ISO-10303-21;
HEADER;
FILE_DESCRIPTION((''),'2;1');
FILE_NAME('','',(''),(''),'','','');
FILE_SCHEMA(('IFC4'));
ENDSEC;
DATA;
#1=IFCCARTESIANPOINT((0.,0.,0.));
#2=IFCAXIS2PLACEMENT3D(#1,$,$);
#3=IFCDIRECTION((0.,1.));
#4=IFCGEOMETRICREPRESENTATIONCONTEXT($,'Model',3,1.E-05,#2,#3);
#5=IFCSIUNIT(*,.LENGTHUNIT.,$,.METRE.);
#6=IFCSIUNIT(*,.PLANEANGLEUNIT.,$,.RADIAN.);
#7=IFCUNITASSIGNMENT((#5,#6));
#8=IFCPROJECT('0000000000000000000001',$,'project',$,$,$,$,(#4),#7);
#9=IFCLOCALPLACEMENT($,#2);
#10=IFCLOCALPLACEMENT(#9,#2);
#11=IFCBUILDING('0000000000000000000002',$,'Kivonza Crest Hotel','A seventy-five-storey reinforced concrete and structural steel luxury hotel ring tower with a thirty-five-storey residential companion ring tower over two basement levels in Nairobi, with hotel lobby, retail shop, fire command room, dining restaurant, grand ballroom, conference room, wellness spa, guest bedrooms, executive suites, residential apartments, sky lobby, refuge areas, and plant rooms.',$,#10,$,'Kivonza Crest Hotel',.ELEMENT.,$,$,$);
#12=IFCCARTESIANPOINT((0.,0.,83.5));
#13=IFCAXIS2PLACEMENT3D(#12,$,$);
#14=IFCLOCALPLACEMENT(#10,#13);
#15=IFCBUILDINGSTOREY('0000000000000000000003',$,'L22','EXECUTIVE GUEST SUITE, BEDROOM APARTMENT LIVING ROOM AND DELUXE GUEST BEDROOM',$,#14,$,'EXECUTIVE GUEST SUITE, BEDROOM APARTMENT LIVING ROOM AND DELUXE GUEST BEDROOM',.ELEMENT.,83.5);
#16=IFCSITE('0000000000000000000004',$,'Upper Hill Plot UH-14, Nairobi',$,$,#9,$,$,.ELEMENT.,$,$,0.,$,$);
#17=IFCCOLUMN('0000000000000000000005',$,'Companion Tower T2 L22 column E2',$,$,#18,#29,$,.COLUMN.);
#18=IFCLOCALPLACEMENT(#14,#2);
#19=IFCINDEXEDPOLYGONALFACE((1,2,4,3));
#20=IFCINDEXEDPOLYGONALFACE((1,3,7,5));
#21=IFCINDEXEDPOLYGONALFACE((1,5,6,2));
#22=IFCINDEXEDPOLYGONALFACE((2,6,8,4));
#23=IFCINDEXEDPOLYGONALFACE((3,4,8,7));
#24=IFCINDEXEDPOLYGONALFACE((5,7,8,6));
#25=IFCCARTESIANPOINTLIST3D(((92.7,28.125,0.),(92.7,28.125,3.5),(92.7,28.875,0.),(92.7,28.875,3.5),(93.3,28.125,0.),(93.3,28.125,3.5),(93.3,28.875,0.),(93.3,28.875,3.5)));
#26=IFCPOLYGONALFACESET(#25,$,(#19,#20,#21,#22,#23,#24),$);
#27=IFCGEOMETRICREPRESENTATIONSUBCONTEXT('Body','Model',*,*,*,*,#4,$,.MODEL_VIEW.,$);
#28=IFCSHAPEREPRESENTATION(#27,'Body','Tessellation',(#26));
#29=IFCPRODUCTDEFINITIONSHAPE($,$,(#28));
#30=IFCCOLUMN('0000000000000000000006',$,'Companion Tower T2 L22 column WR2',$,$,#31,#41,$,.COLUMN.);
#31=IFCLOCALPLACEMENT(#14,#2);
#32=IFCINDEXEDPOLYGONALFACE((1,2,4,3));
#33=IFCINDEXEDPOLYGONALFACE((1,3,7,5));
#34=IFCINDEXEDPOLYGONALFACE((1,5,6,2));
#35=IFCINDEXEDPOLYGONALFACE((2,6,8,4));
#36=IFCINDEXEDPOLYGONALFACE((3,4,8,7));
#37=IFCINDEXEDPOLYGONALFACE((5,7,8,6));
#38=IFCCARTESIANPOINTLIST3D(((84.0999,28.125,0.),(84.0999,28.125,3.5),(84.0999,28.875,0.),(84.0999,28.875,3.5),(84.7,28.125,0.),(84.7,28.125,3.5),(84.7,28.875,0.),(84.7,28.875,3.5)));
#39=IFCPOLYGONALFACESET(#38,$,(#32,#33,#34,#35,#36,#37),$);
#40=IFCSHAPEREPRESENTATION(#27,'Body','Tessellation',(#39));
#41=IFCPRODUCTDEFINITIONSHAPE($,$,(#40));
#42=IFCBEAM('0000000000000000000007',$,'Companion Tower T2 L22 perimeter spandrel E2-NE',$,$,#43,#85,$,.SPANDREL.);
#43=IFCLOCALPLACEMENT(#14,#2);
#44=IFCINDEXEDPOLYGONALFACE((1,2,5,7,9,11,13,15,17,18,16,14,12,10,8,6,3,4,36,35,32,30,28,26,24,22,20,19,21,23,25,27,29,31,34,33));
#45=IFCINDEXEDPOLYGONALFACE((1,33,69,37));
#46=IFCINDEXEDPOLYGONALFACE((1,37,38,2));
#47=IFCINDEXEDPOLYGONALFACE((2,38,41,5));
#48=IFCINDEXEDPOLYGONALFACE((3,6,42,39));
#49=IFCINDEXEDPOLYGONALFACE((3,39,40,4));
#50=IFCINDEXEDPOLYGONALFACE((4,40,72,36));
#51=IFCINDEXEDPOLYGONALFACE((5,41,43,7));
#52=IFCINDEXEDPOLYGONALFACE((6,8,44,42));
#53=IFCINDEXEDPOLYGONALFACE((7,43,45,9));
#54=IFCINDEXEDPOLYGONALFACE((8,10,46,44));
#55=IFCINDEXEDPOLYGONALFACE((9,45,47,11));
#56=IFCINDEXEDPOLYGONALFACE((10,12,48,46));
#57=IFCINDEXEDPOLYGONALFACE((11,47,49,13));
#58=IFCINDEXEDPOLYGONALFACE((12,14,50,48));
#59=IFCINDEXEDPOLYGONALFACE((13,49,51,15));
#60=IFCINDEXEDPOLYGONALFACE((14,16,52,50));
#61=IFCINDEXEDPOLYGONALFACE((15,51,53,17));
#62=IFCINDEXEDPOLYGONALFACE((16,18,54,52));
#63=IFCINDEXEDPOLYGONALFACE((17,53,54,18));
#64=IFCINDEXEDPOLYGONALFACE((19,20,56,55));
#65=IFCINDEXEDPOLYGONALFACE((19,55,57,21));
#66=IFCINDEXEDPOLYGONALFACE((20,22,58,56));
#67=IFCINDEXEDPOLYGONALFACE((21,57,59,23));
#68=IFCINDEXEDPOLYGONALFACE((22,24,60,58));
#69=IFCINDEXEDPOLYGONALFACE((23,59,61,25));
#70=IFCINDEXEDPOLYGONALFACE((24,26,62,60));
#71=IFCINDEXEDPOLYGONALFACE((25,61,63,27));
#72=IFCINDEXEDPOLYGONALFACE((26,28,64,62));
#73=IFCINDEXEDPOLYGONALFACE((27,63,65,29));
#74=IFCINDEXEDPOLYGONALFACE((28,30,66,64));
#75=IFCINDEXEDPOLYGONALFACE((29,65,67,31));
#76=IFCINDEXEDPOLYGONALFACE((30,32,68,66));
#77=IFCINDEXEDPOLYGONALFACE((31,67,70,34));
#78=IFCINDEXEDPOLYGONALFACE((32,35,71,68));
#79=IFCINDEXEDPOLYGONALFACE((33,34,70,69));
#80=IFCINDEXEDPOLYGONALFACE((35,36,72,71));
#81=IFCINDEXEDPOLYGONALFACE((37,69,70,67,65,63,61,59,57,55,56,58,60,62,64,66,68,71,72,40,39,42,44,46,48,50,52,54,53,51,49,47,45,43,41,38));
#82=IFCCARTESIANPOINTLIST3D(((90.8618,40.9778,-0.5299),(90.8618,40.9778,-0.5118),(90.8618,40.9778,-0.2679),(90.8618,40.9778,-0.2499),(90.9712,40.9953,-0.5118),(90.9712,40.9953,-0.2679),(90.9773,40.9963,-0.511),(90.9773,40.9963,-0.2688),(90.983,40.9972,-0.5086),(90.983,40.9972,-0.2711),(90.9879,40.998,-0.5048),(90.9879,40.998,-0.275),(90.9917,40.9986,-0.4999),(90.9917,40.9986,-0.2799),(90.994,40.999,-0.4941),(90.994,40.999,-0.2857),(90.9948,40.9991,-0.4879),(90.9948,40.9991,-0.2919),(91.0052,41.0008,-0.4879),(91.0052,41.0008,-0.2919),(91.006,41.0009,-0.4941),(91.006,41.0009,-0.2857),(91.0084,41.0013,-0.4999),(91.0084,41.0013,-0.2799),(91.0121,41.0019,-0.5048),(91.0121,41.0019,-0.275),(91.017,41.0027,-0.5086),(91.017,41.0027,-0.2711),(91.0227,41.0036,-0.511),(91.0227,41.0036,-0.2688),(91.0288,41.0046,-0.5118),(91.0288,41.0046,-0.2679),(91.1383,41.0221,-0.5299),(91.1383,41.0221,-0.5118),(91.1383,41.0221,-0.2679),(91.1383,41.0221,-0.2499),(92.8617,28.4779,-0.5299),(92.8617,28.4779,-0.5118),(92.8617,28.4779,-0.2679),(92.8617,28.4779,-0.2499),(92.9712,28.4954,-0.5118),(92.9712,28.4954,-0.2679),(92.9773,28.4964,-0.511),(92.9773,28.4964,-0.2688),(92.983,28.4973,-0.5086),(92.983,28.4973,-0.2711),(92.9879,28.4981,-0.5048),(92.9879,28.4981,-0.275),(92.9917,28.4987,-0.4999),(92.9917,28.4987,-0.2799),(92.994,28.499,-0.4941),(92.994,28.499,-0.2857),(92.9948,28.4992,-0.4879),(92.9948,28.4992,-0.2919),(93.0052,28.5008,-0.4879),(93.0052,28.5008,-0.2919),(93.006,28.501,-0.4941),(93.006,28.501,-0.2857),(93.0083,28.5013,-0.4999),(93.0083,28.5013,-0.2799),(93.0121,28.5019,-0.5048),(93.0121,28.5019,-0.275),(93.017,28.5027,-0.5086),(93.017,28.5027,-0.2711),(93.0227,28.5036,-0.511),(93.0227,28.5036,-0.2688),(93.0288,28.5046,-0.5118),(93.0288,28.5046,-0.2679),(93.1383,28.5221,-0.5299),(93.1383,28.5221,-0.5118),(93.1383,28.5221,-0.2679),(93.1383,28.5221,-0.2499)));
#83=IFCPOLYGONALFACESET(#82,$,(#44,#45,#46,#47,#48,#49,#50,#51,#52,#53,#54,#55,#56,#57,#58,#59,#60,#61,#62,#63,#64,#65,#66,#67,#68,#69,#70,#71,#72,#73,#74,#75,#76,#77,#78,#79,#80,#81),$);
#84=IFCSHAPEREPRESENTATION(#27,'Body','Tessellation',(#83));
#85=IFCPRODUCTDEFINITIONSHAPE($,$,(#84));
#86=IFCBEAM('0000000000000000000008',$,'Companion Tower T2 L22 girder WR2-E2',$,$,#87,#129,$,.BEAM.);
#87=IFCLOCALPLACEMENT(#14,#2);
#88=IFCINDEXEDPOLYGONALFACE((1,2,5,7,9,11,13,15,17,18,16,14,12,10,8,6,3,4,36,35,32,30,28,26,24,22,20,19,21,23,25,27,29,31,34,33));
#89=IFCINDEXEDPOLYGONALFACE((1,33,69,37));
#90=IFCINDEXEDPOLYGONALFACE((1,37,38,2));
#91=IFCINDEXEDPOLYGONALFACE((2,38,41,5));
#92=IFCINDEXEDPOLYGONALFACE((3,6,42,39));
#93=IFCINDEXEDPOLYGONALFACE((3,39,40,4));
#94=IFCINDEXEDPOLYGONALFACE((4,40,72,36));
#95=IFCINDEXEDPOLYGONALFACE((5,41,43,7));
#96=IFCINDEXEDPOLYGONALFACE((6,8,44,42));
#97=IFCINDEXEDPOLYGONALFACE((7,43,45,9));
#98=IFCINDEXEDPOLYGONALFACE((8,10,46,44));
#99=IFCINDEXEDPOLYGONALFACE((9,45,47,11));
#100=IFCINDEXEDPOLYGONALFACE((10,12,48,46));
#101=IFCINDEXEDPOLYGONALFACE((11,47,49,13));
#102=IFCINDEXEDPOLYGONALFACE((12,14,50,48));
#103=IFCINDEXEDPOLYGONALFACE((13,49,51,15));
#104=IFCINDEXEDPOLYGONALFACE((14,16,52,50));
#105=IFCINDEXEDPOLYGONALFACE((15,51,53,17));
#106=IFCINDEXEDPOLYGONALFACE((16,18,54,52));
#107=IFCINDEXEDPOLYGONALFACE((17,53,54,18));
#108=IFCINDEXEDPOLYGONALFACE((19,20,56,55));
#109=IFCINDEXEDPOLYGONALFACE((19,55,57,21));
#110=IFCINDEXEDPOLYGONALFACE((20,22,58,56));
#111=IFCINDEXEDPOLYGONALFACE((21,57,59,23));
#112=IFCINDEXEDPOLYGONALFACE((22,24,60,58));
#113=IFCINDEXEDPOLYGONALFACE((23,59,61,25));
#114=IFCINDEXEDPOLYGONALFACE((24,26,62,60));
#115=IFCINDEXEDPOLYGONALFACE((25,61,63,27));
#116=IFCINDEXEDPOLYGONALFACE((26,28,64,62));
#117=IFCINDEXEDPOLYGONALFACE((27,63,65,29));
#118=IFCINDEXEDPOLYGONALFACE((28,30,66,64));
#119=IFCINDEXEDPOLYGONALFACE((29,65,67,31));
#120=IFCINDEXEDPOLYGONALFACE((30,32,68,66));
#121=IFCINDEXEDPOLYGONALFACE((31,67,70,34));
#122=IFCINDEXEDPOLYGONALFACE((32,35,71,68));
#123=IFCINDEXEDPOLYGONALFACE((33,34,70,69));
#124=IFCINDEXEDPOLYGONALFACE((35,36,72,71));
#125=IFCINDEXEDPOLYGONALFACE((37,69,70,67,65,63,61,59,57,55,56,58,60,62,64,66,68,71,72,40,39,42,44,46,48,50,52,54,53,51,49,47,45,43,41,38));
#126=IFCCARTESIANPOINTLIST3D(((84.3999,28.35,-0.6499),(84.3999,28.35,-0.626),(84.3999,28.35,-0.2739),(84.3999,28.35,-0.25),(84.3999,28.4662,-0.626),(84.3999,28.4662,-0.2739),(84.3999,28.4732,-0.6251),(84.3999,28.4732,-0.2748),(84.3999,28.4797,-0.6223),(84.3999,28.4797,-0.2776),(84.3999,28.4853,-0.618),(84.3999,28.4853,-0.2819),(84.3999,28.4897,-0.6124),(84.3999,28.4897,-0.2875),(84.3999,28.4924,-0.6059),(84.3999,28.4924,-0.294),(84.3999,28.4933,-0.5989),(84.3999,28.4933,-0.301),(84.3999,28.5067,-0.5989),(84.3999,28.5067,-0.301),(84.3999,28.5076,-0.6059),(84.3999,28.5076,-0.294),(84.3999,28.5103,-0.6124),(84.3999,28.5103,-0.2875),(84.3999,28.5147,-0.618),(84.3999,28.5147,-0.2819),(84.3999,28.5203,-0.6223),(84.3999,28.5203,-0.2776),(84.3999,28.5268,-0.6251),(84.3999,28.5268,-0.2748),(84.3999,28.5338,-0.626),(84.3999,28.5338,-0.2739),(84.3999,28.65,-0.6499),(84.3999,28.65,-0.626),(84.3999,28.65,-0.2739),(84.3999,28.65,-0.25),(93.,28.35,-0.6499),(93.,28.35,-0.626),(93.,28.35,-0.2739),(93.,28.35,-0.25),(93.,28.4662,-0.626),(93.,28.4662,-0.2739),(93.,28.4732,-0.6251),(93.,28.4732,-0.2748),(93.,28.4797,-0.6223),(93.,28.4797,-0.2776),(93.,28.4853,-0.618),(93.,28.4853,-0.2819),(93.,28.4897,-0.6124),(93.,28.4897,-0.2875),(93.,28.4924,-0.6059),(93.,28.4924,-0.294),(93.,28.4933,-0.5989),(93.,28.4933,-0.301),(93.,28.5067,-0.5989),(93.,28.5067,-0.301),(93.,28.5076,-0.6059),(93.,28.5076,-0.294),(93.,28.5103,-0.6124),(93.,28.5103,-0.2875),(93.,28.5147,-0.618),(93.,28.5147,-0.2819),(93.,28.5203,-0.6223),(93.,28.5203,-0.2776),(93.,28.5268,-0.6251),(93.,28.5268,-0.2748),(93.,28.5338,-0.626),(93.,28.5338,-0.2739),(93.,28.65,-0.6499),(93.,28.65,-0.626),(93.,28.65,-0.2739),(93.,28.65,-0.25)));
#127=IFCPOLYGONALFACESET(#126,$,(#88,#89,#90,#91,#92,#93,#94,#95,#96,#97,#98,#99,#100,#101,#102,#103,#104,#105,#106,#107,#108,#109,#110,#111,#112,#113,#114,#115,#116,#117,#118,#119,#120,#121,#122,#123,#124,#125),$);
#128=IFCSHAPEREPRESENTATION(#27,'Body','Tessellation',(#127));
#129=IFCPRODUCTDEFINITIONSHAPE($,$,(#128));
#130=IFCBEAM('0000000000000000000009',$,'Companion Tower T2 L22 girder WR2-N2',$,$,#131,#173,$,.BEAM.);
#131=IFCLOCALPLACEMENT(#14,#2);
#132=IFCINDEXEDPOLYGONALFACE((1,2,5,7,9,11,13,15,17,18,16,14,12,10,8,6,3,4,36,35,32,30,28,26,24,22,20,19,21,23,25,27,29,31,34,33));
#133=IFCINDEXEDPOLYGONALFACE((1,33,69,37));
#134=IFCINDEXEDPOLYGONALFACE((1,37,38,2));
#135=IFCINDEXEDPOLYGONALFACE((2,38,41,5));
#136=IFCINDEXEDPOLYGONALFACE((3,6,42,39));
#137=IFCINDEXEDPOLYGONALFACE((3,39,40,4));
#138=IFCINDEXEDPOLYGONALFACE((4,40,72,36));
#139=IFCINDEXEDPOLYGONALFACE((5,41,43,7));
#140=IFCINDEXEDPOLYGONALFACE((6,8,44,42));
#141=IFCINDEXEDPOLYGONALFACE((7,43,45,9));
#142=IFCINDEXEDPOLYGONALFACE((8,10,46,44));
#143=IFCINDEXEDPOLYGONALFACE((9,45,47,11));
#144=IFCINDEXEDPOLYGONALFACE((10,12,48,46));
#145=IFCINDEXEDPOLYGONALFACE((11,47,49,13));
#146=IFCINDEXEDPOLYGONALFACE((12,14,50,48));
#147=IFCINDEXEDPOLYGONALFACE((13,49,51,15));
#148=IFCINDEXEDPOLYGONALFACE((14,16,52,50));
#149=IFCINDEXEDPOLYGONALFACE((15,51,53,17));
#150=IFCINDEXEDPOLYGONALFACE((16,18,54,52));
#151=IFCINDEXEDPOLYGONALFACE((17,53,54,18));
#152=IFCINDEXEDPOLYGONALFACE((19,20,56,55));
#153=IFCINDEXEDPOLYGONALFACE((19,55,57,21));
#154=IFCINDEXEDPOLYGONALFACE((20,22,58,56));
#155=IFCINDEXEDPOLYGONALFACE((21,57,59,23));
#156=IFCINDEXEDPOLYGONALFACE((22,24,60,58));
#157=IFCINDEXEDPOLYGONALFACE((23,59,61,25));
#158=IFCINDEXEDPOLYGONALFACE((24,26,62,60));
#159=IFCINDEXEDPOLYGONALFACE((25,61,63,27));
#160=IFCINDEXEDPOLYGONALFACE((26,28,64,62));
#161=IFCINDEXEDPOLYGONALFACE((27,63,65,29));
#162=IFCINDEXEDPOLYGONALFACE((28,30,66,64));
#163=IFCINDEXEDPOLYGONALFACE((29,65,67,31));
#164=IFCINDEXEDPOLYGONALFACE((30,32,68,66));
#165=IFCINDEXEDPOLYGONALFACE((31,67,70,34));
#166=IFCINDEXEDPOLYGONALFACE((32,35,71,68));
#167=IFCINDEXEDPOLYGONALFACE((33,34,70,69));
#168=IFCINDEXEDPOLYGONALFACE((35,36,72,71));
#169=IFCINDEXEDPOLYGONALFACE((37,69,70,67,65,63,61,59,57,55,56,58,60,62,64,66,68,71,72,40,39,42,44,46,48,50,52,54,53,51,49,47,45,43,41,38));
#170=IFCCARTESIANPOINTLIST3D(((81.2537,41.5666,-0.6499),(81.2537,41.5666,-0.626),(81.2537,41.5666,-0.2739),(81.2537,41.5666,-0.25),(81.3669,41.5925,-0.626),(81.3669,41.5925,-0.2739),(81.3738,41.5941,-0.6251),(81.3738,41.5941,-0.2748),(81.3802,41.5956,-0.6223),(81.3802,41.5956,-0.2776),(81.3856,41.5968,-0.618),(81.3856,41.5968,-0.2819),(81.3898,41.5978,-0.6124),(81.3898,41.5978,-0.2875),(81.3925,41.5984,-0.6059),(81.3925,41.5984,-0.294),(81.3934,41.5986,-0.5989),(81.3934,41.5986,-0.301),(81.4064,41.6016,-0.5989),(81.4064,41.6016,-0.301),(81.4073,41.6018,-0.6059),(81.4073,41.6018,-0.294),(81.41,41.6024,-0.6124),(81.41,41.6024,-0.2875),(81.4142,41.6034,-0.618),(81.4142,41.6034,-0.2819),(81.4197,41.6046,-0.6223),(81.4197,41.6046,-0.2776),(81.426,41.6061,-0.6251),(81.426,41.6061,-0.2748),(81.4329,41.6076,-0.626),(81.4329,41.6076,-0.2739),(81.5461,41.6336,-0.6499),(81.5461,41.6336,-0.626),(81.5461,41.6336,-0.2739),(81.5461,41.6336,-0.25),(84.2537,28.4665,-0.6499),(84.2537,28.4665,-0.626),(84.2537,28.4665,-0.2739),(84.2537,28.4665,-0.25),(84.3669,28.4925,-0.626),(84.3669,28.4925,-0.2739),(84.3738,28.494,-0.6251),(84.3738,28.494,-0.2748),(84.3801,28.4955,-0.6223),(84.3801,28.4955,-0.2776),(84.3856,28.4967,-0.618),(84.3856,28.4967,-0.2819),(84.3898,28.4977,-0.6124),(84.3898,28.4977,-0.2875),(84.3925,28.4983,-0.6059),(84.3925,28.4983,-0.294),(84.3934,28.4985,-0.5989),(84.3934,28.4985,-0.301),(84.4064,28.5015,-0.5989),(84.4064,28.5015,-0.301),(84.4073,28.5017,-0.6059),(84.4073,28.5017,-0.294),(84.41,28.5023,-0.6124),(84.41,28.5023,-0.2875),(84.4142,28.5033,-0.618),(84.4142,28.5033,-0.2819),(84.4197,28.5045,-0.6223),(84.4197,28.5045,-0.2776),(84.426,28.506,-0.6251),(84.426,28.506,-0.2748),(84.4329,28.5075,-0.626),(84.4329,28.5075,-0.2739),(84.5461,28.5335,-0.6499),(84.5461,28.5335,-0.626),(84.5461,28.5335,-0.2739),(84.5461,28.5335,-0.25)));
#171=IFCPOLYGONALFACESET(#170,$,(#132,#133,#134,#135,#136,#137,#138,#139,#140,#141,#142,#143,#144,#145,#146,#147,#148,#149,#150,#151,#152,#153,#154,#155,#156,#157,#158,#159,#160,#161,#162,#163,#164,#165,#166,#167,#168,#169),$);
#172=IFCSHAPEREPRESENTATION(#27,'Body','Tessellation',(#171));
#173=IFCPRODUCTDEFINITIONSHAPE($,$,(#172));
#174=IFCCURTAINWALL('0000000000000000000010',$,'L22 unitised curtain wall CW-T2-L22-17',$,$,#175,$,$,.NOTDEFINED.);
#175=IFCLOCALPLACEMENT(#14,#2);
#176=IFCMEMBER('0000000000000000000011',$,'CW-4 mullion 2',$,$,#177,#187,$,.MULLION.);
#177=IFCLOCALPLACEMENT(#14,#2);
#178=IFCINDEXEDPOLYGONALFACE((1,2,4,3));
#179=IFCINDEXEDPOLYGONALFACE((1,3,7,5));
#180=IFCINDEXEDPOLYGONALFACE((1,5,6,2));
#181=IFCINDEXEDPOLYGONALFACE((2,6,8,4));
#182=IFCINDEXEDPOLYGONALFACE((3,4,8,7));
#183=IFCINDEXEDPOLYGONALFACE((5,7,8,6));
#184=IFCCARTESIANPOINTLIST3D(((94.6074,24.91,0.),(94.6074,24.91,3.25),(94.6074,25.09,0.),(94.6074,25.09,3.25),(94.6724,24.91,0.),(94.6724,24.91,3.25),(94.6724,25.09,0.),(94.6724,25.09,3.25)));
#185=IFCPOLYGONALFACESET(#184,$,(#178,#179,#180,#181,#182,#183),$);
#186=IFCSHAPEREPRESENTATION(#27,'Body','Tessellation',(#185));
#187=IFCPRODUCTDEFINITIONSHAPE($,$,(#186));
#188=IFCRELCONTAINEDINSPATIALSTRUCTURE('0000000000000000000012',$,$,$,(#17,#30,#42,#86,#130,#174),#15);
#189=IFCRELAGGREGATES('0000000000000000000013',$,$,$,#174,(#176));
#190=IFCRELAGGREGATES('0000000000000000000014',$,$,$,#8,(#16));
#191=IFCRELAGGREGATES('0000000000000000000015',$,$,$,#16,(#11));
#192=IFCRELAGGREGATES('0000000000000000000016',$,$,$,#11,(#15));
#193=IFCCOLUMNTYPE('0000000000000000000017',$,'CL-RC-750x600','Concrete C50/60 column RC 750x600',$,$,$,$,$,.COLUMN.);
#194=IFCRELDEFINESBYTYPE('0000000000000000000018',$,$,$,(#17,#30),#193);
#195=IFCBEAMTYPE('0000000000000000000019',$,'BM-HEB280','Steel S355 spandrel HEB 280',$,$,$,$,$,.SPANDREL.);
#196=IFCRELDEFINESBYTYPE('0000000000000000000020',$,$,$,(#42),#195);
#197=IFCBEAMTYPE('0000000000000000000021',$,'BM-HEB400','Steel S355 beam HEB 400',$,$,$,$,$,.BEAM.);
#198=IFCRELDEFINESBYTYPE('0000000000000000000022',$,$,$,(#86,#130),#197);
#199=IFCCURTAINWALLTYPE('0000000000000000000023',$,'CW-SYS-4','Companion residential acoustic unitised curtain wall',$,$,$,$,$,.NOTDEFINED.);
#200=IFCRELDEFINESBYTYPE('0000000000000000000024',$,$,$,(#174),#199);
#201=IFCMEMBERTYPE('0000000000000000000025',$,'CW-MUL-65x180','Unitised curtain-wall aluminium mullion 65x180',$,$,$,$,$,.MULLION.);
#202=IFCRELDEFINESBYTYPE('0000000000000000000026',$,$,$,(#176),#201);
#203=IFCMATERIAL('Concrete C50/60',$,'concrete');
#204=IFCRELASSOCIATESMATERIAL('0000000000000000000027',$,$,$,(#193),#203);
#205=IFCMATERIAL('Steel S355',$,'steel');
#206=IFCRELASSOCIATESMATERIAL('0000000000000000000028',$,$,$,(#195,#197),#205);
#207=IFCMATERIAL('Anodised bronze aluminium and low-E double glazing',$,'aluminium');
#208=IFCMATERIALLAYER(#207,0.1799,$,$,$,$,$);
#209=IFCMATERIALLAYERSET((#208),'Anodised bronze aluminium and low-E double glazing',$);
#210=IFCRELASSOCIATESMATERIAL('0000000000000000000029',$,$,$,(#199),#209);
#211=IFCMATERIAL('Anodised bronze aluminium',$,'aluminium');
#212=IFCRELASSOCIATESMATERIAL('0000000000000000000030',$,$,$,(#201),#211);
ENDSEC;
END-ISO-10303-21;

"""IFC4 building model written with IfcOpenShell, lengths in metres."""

from ifc_helpers import new_model, si_unit, direction, frame, origin, origin_2d, place, context, subcontext, project, spatial, rectangle, i_section, extrude, material, layer, layer_set, material_profile, profile_set, type_object, element, aggregate, save


model = new_model("IFC4")

# Units and contexts
model_context = context("Model", 3, precision=1e-05, world=origin(), true_north=direction((0.0, 1.0)))
body_context = subcontext(model_context, "Body", "Model", "MODEL_VIEW")
ifc_project = project(units=[si_unit("LENGTHUNIT", "METRE"), si_unit("PLANEANGLEUNIT", "RADIAN")], contexts=[model_context])

# Site, building, storey
site_placement = place(None, origin())
site = spatial("IfcSite", under=ifc_project, at=site_placement, Name="Upper Hill Plot UH-14, Nairobi", CompositionType="ELEMENT", RefElevation=0.0)
building_placement = place(site_placement, origin())
building = spatial("IfcBuilding", under=site, at=building_placement, Name="Kivonza Crest Hotel", Description="A seventy-five-storey reinforced concrete and structural steel luxury hotel ring tower with a thirty-five-storey residential companion ring tower over two basement levels in Nairobi, with hotel lobby, retail shop, fire command room, dining restaurant, grand ballroom, conference room, wellness spa, guest bedrooms, executive suites, residential apartments, sky lobby, refuge areas, and plant rooms.", LongName="Kivonza Crest Hotel", CompositionType="ELEMENT")
storey_placement = place(building_placement, frame((0.0, 0.0, 83.5)))
storey = spatial("IfcBuildingStorey", under=building, at=storey_placement, Name="L22", Description="EXECUTIVE GUEST SUITE, BEDROOM APARTMENT LIVING ROOM AND DELUXE GUEST BEDROOM", LongName="EXECUTIVE GUEST SUITE, BEDROOM APARTMENT LIVING ROOM AND DELUXE GUEST BEDROOM", CompositionType="ELEMENT", Elevation=83.5)

# Columns
ifc_material_1 = material(Name="Concrete C50/60", Category="concrete")
ifc_material_profile_1 = material_profile(ifc_material_1, rectangle(XDim=0.6001, YDim=0.75, at=origin_2d()), Name="RC 750x600")
ifc_profile_set_1 = profile_set([ifc_material_profile_1], Name="Concrete C50/60")
column_type = type_object("IfcColumnType", Name="CL-RC-750x600", Description="Concrete C50/60 column RC 750x600", PredefinedType="COLUMN", material=ifc_profile_set_1)
for number, where, z_axis, x_axis, name in (
    (1, (93.0, 28.5, 0.0), (0.0, 0.0, 1.0), (1.0, 0.0, 0.0), "Companion Tower T2 L22 column E2"),
    (2, (84.3999, 28.5, 0.0), (0.0, 0.0, 1.0), (1.0, 0.0, 0.0), "Companion Tower T2 L22 column WR2"),
):
    element("IfcColumn", number, at=place(storey_placement, frame(where, z_axis=z_axis, x_axis=x_axis)), inside=storey, type_object=column_type, Name=name, PredefinedType="COLUMN", context=body_context, shape_type="SweptSolid", body=[
        extrude(rectangle(XDim=0.6001, YDim=0.75, at=origin_2d()), origin(), (0.0, 0.0, 1.0), 3.5),
    ])

# Beams
ifc_material_2 = material(Name="Steel S355", Category="steel")
ifc_material_profile_2 = material_profile(ifc_material_2, i_section(OverallWidth=0.28, OverallDepth=0.28, WebThickness=0.0105, FlangeThickness=0.0181, FilletRadius=0.0239, at=origin_2d()), Name="HEB 280")
ifc_profile_set_2 = profile_set([ifc_material_profile_2], Name="Steel S355")
beam_type_1 = type_object("IfcBeamType", Name="BM-HEB280", Description="Steel S355 spandrel HEB 280", PredefinedType="SPANDREL", material=ifc_profile_set_2)
beam_1_placement = place(storey_placement, frame((93.0, 28.5, -0.3899), z_axis=(-0.157991, 0.987441, 0.0), x_axis=(-0.987441, -0.157991, 0.0)))
element("IfcBeam", 3, at=beam_1_placement, inside=storey, type_object=beam_type_1, Name="Companion Tower T2 L22 perimeter spandrel E2-NE", PredefinedType="SPANDREL", context=body_context, shape_type="SweptSolid", body=[
    extrude(i_section(OverallWidth=0.28, OverallDepth=0.28, WebThickness=0.0105, FlangeThickness=0.0181, FilletRadius=0.0239, at=origin_2d()), origin(), (0.0, 0.0, 1.0), 12.6589),
])
ifc_material_profile_3 = material_profile(ifc_material_2, i_section(OverallWidth=0.3, OverallDepth=0.3999, WebThickness=0.0134, FlangeThickness=0.0239, FilletRadius=0.0271, at=origin_2d()), Name="HEB 400")
ifc_profile_set_3 = profile_set([ifc_material_profile_3], Name="Steel S355")
beam_type_2 = type_object("IfcBeamType", Name="BM-HEB400", Description="Steel S355 beam HEB 400", PredefinedType="BEAM", material=ifc_profile_set_3)
beam_2_placement = place(storey_placement, frame((84.3999, 28.5, -0.45), z_axis=(1.0, 0.0, 0.0), x_axis=(0.0, 1.0, 0.0)))
element("IfcBeam", 4, at=beam_2_placement, inside=storey, type_object=beam_type_2, Name="Companion Tower T2 L22 girder WR2-E2", PredefinedType="BEAM", context=body_context, shape_type="SweptSolid", body=[
    extrude(i_section(OverallWidth=0.3, OverallDepth=0.3999, WebThickness=0.0134, FlangeThickness=0.0239, FilletRadius=0.0271, at=origin_2d()), origin(), (0.0, 0.0, 1.0), 8.6001),
])
beam_3_placement = place(storey_placement, frame((84.3999, 28.5, -0.45), z_axis=(-0.223227, 0.974766, 0.0), x_axis=(-0.974766, -0.223227, 0.0)))
element("IfcBeam", 5, at=beam_3_placement, inside=storey, type_object=beam_type_2, Name="Companion Tower T2 L22 girder WR2-N2", PredefinedType="BEAM", context=body_context, shape_type="SweptSolid", body=[
    extrude(i_section(OverallWidth=0.3, OverallDepth=0.3999, WebThickness=0.0134, FlangeThickness=0.0239, FilletRadius=0.0271, at=origin_2d()), origin(), (0.0, 0.0, 1.0), 13.4392),
])

# Curtain wall, member
ifc_material_3 = material(Name="Anodised bronze aluminium and low-E double glazing", Category="aluminium")
ifc_layer_1 = layer(ifc_material_3, 0.1799)
ifc_layer_set_1 = layer_set([ifc_layer_1], Name="Anodised bronze aluminium and low-E double glazing")
curtain_wall_type = type_object("IfcCurtainWallType", Name="CW-SYS-4", Description="Companion residential acoustic unitised curtain wall", PredefinedType="NOTDEFINED", material=ifc_layer_set_1)
curtain_wall_placement = place(storey_placement, origin())
curtain_wall = element("IfcCurtainWall", 6, at=curtain_wall_placement, inside=storey, type_object=curtain_wall_type, Name="L22 unitised curtain wall CW-T2-L22-17", PredefinedType="NOTDEFINED")
ifc_material_4 = material(Name="Anodised bronze aluminium", Category="aluminium")
ifc_material_profile_4 = material_profile(ifc_material_4, rectangle(XDim=0.0649, YDim=0.1799, at=origin_2d()), Name="CW-M 65x180")
ifc_profile_set_4 = profile_set([ifc_material_profile_4], Name="Anodised bronze aluminium")
member_type_1 = type_object("IfcMemberType", Name="CW-MUL-65x180", Description="Unitised curtain-wall aluminium mullion 65x180", PredefinedType="MULLION", material=ifc_profile_set_4)
member_1_placement = place(storey_placement, frame((94.6399, 25.0, 0.0), z_axis=(0.0, 0.0, 1.0), x_axis=(-1.0, 0.0, 0.0)))
member_1 = element("IfcMember", 7, at=member_1_placement, type_object=member_type_1, Name="CW-4 mullion 2", PredefinedType="MULLION", context=body_context, shape_type="SweptSolid", body=[
    extrude(rectangle(XDim=0.0649, YDim=0.1799, at=origin_2d()), origin(), (0.0, 0.0, 1.0), 3.25),
])
aggregate(curtain_wall, [member_1])

save(model, "model.ifc")
